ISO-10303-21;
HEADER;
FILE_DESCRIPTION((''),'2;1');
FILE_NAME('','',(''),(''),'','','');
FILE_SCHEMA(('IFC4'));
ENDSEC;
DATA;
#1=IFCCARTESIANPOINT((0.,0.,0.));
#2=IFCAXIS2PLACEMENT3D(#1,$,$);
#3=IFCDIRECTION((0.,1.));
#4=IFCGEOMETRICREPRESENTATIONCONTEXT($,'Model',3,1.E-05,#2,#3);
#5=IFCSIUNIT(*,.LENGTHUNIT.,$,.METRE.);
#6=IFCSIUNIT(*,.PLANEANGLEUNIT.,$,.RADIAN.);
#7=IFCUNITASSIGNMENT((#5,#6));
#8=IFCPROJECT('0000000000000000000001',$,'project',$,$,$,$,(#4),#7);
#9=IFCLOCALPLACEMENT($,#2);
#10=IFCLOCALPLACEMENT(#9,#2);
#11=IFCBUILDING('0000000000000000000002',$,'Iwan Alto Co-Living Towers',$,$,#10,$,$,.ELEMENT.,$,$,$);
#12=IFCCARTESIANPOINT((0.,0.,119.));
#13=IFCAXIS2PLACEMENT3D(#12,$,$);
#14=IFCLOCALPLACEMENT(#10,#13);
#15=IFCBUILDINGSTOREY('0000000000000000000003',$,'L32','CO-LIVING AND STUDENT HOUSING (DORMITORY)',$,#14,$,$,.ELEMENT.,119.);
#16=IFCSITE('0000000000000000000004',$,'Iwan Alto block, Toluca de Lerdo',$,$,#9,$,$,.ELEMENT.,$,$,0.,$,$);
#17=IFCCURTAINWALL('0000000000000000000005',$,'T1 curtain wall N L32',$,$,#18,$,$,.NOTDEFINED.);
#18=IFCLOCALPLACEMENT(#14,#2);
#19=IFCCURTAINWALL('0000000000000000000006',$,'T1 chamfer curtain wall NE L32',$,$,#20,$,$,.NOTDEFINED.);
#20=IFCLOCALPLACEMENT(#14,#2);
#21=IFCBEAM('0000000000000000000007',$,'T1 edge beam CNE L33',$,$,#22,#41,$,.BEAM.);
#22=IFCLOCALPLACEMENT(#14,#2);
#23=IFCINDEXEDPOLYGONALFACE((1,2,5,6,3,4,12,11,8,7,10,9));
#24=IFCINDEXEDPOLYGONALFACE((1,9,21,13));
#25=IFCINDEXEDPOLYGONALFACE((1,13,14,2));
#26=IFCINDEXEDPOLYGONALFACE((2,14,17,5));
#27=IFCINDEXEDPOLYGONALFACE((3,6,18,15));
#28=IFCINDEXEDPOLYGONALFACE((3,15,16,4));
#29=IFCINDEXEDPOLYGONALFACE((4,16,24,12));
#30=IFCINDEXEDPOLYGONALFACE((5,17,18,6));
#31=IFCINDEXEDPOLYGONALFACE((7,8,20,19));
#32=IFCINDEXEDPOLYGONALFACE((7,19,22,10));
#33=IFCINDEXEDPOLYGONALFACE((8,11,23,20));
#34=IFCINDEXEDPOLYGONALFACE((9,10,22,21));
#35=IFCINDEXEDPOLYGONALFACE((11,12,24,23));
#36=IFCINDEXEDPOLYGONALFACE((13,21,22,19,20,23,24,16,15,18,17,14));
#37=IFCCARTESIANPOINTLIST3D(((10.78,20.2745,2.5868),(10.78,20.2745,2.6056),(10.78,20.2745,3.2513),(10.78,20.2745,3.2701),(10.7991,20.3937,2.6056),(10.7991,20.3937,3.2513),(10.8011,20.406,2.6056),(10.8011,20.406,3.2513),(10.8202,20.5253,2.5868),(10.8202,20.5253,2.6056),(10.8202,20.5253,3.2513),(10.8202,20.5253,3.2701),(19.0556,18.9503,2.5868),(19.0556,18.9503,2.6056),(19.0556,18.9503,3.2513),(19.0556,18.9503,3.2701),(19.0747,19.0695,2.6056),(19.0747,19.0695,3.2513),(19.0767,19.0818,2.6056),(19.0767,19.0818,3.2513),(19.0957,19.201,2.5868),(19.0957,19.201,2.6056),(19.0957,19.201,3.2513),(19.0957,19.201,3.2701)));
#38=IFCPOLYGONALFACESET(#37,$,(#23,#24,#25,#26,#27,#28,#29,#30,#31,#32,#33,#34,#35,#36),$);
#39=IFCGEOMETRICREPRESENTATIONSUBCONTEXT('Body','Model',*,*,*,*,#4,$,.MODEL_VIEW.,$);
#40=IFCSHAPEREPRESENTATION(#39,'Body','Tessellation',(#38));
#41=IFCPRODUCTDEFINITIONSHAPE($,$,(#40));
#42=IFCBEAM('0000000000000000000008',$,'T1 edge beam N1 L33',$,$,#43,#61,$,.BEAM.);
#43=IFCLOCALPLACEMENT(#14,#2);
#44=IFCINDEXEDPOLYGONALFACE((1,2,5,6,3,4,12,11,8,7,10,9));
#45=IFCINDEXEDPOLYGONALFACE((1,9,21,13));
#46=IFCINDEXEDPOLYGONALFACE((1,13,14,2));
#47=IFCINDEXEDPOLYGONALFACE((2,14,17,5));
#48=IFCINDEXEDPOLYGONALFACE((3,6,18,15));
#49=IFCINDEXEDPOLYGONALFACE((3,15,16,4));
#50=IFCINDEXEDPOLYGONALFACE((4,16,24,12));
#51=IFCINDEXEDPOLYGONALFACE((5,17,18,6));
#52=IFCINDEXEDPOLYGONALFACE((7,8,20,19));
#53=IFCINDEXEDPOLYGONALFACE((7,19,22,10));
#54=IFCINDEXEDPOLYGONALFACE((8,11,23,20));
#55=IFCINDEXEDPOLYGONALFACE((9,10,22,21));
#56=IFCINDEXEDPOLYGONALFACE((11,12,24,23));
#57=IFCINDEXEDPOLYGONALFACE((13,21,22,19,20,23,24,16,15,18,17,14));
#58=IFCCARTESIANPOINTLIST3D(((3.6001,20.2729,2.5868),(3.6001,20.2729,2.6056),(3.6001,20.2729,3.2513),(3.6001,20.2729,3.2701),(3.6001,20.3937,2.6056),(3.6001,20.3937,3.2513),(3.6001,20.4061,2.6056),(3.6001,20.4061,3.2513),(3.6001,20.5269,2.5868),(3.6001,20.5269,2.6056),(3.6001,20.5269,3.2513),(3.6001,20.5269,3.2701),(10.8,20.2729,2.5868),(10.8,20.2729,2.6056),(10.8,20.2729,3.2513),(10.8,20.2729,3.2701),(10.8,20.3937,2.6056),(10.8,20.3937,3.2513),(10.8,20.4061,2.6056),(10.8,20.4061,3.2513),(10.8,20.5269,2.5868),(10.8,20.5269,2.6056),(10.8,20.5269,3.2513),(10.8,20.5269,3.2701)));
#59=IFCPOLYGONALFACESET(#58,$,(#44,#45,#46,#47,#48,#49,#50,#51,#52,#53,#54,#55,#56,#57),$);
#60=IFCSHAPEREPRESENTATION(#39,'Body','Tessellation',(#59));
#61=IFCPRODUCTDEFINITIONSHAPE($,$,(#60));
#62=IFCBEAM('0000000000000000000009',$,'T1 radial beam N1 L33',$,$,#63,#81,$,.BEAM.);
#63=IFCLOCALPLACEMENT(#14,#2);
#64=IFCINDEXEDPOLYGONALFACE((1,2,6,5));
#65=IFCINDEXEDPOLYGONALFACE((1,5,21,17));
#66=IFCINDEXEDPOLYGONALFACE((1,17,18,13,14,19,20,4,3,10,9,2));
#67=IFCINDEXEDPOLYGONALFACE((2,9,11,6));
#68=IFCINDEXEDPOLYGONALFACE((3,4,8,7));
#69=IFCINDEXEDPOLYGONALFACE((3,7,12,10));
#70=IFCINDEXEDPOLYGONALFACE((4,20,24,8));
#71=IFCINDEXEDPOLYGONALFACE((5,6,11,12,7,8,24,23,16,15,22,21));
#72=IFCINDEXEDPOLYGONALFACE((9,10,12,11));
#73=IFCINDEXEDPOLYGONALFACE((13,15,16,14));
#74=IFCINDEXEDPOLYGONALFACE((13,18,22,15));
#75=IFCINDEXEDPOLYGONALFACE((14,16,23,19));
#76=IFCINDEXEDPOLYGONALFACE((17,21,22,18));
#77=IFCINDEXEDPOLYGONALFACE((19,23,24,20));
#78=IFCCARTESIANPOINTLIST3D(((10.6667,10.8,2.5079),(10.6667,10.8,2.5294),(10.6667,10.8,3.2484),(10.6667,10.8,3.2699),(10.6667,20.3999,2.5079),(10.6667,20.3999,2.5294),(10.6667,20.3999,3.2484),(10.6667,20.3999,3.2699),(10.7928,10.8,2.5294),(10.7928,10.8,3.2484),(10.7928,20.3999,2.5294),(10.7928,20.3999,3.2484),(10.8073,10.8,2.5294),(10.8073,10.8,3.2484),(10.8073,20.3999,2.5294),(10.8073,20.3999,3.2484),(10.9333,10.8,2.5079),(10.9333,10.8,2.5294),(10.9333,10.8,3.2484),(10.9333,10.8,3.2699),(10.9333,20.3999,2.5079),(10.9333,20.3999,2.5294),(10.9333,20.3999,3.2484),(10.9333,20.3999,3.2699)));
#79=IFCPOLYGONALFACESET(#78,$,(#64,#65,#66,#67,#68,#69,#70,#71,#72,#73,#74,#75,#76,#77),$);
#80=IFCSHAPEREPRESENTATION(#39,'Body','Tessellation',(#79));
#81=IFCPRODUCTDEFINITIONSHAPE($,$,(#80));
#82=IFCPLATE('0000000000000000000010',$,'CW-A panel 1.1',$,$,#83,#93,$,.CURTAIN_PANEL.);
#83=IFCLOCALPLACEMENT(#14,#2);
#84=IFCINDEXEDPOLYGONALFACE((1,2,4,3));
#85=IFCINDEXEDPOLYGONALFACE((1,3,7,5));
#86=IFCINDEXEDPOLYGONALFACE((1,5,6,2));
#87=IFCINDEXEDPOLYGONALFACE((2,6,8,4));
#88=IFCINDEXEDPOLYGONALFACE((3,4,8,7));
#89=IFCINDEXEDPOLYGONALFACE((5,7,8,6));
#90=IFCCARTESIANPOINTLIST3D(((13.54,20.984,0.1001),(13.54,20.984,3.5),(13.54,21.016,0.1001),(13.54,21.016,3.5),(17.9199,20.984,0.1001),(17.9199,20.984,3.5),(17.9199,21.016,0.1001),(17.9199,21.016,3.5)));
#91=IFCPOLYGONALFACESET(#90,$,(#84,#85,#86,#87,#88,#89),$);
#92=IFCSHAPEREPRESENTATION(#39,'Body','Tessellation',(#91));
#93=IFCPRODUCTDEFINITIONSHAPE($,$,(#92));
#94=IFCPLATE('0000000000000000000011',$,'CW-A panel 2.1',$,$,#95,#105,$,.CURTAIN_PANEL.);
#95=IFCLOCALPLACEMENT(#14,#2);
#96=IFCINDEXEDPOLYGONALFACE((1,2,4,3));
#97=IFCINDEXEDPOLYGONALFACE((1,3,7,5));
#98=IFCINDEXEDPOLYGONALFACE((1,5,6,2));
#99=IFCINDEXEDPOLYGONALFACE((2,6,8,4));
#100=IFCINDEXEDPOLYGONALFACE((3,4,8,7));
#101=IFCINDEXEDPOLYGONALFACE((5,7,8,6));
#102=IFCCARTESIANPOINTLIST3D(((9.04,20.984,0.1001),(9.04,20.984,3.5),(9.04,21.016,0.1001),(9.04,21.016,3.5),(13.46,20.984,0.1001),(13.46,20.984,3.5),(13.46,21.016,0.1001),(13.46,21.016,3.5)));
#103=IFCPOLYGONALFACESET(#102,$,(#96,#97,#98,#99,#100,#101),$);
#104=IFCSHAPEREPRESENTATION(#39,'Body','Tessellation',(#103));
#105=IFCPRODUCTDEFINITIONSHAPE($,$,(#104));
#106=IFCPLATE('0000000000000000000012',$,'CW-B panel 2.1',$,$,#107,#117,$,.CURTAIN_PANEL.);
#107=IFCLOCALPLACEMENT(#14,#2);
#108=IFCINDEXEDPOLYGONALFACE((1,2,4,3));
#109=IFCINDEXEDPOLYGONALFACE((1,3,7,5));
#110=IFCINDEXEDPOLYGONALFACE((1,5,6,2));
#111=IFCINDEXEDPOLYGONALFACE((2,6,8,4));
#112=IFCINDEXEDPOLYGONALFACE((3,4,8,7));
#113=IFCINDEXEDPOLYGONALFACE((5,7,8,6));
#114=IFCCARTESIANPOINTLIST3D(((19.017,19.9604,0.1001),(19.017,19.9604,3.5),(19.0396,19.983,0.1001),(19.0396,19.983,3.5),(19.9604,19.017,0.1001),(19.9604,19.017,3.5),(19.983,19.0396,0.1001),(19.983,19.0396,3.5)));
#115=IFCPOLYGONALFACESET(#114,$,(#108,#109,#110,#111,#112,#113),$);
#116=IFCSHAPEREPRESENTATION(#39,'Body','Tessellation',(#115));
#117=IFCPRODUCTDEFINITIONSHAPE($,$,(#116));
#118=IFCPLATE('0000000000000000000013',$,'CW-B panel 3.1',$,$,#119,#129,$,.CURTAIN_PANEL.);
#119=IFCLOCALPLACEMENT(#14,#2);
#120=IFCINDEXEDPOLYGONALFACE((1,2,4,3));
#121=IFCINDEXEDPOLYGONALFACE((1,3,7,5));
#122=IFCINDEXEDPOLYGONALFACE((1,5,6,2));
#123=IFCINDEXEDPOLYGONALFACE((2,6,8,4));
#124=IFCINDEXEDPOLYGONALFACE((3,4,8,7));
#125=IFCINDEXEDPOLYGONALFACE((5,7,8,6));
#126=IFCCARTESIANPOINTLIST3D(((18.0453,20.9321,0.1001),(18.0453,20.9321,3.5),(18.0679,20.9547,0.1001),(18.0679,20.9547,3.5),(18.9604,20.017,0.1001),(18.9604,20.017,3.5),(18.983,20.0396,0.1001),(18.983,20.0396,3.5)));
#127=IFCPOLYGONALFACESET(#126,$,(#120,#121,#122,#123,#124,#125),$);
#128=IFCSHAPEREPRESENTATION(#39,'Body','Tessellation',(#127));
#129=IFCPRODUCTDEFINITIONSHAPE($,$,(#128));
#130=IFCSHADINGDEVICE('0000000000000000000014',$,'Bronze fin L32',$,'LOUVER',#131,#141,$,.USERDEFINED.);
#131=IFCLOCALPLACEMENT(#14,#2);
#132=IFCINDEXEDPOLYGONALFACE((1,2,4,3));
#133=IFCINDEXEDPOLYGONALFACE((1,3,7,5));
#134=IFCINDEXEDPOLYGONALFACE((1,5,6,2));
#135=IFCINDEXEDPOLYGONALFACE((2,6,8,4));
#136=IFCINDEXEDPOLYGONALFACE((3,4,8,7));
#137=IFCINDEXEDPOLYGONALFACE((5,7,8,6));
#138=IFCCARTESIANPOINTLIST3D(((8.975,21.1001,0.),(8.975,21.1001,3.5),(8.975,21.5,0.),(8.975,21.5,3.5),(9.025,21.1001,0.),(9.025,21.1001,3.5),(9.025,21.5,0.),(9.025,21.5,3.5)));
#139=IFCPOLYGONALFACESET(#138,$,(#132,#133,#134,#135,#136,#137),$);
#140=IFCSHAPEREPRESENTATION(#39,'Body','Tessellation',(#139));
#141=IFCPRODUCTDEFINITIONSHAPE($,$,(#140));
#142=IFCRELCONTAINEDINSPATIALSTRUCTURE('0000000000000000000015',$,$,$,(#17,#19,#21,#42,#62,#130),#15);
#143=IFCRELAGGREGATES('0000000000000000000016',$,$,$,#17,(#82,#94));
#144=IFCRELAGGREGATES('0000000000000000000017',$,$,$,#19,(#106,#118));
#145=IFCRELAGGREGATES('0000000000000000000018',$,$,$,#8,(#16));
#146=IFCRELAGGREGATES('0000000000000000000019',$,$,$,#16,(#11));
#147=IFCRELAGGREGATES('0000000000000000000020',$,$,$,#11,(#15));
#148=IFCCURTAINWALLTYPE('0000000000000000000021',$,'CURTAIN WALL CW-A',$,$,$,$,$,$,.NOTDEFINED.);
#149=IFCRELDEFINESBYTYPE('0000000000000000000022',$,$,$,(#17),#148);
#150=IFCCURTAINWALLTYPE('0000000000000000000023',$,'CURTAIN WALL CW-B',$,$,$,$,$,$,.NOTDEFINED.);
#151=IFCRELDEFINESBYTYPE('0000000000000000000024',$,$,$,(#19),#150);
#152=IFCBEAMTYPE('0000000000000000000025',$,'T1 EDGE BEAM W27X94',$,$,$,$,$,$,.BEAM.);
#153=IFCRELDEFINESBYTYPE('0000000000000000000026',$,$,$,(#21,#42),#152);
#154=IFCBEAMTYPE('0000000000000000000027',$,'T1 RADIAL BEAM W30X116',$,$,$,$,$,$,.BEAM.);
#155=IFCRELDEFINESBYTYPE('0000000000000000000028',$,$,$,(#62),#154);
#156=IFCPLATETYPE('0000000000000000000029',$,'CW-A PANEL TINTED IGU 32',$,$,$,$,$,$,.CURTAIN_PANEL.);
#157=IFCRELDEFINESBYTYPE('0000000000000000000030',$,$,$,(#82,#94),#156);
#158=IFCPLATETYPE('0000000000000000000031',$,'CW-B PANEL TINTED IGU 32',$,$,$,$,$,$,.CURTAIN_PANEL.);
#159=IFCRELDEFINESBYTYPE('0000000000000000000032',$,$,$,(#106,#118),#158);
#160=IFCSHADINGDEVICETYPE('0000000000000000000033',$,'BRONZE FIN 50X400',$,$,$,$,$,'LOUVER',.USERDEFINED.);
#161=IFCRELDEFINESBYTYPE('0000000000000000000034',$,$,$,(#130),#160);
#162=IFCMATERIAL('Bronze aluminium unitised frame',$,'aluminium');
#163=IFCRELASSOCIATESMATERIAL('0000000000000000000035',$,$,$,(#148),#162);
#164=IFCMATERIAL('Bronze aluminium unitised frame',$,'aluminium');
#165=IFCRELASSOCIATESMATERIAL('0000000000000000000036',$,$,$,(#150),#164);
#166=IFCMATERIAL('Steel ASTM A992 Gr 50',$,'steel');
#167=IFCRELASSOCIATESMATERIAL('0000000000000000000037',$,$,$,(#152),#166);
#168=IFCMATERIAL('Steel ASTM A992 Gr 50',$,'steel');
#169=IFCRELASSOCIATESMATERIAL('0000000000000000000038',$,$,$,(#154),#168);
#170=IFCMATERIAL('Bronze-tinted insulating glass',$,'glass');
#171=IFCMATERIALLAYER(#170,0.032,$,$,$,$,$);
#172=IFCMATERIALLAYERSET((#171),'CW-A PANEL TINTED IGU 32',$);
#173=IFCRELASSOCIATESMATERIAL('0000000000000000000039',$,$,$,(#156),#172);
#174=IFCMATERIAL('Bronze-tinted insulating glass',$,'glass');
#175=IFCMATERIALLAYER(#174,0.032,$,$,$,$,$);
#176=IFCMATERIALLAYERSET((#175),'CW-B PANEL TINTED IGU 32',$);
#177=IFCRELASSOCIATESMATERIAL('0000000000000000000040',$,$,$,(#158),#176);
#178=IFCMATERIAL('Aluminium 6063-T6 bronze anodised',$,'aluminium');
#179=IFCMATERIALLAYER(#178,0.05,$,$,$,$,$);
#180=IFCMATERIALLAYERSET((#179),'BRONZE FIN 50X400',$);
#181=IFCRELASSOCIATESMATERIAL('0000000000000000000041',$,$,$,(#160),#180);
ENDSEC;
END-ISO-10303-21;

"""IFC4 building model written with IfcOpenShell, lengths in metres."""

from ifc_helpers import new_model, si_unit, direction, frame, origin, origin_2d, place, context, subcontext, project, spatial, rectangle, i_section, extrude, material, layer, layer_set, material_profile, profile_set, type_object, element, aggregate, save


model = new_model("IFC4")

# Units and contexts
model_context = context("Model", 3, precision=1e-05, world=origin(), true_north=direction((0.0, 1.0)))
body_context = subcontext(model_context, "Body", "Model", "MODEL_VIEW")
ifc_project = project(units=[si_unit("LENGTHUNIT", "METRE"), si_unit("PLANEANGLEUNIT", "RADIAN")], contexts=[model_context])

# Site, building, storey
site_placement = place(None, origin())
site = spatial("IfcSite", under=ifc_project, at=site_placement, Name="Iwan Alto block, Toluca de Lerdo", CompositionType="ELEMENT", RefElevation=0.0)
building_placement = place(site_placement, origin())
building = spatial("IfcBuilding", under=site, at=building_placement, Name="Iwan Alto Co-Living Towers", CompositionType="ELEMENT")
storey_placement = place(building_placement, frame((0.0, 0.0, 119.0)))
storey = spatial("IfcBuildingStorey", under=building, at=storey_placement, Name="L32", Description="CO-LIVING AND STUDENT HOUSING (DORMITORY)", CompositionType="ELEMENT", Elevation=119.0)

# Curtain walls
ifc_material_1 = material(Name="Bronze aluminium unitised frame", Category="aluminium")
curtain_wall_type_1 = type_object("IfcCurtainWallType", Name="CURTAIN WALL CW-A", PredefinedType="NOTDEFINED", material=ifc_material_1)
curtain_wall_1_placement = place(storey_placement, origin())
curtain_wall_1 = element("IfcCurtainWall", 1, at=curtain_wall_1_placement, inside=storey, type_object=curtain_wall_type_1, Name="T1 curtain wall N L32", PredefinedType="NOTDEFINED")
ifc_material_2 = material(Name="Bronze aluminium unitised frame", Category="aluminium")
curtain_wall_type_2 = type_object("IfcCurtainWallType", Name="CURTAIN WALL CW-B", PredefinedType="NOTDEFINED", material=ifc_material_2)
curtain_wall_2_placement = place(storey_placement, origin())
curtain_wall_2 = element("IfcCurtainWall", 2, at=curtain_wall_2_placement, inside=storey, type_object=curtain_wall_type_2, Name="T1 chamfer curtain wall NE L32", PredefinedType="NOTDEFINED")

# Beams
ifc_material_3 = material(Name="Steel ASTM A992 Gr 50", Category="steel")
ifc_material_profile_1 = material_profile(ifc_material_3, i_section(OverallWidth=0.2539, OverallDepth=0.6833, WebThickness=0.0125, FlangeThickness=0.0188, at=origin_2d()), Name="W27X94")
ifc_profile_set_1 = profile_set([ifc_material_profile_1], Name="Steel ASTM A992 Gr 50")
beam_type_1 = type_object("IfcBeamType", Name="T1 EDGE BEAM W27X94", PredefinedType="BEAM", material=ifc_profile_set_1)
beam_1_placement = place(storey_placement, frame((19.0757, 19.0757, 2.9285), z_axis=(-0.987438, 0.158004, 0.0), x_axis=(-0.158004, -0.987438, 0.0)))
element("IfcBeam", 3, at=beam_1_placement, inside=storey, type_object=beam_type_1, Name="T1 edge beam CNE L33", PredefinedType="BEAM", context=body_context, shape_type="SweptSolid", body=[
    extrude(i_section(OverallWidth=0.2539, OverallDepth=0.6833, WebThickness=0.0125, FlangeThickness=0.0188, at=origin_2d()), origin(), (0.0, 0.0, 1.0), 8.3809),
])
beam_2_placement = place(storey_placement, frame((10.8, 20.3999, 2.9285), z_axis=(-1.0, 0.0, 0.0), x_axis=(0.0, -1.0, 0.0)))
element("IfcBeam", 4, at=beam_2_placement, inside=storey, type_object=beam_type_1, Name="T1 edge beam N1 L33", PredefinedType="BEAM", context=body_context, shape_type="SweptSolid", body=[
    extrude(i_section(OverallWidth=0.2539, OverallDepth=0.6833, WebThickness=0.0125, FlangeThickness=0.0188, at=origin_2d()), origin(), (0.0, 0.0, 1.0), 7.2),
])
ifc_material_4 = material(Name="Steel ASTM A992 Gr 50", Category="steel")
ifc_material_profile_2 = material_profile(ifc_material_4, i_section(OverallWidth=0.2666, OverallDepth=0.762, WebThickness=0.0144, FlangeThickness=0.0215, at=origin_2d()), Name="W30X116")
ifc_profile_set_2 = profile_set([ifc_material_profile_2], Name="Steel ASTM A992 Gr 50")
beam_type_2 = type_object("IfcBeamType", Name="T1 RADIAL BEAM W30X116", PredefinedType="BEAM", material=ifc_profile_set_2)
beam_3_placement = place(storey_placement, frame((10.8, 20.3999, 2.8889), z_axis=(0.0, -1.0, 0.0), x_axis=(1.0, 0.0, 0.0)))
element("IfcBeam", 5, at=beam_3_placement, inside=storey, type_object=beam_type_2, Name="T1 radial beam N1 L33", PredefinedType="BEAM", context=body_context, shape_type="SweptSolid", body=[
    extrude(i_section(OverallWidth=0.2666, OverallDepth=0.762, WebThickness=0.0144, FlangeThickness=0.0215, at=origin_2d()), origin(), (0.0, 0.0, 1.0), 9.5999),
])

# Plates
ifc_material_5 = material(Name="Bronze-tinted insulating glass", Category="glass")
ifc_layer_1 = layer(ifc_material_5, 0.032)
ifc_layer_set_1 = layer_set([ifc_layer_1], Name="CW-A PANEL TINTED IGU 32")
plate_type_1 = type_object("IfcPlateType", Name="CW-A PANEL TINTED IGU 32", PredefinedType="CURTAIN_PANEL", material=ifc_layer_set_1)
plate_1_placement = place(storey_placement, frame((15.73, 21.0, 0.1001), z_axis=(0.0, 0.0, 1.0), x_axis=(-1.0, 0.0, 0.0)))
plate_1 = element("IfcPlate", 6, at=plate_1_placement, type_object=plate_type_1, Name="CW-A panel 1.1", PredefinedType="CURTAIN_PANEL", context=body_context, shape_type="SweptSolid", body=[
    extrude(rectangle(XDim=4.3799, YDim=0.032, at=origin_2d()), origin(), (0.0, 0.0, 1.0), 3.3999),
])
plate_2_placement = place(storey_placement, frame((11.25, 21.0, 0.1001), z_axis=(0.0, 0.0, 1.0), x_axis=(-1.0, 0.0, 0.0)))
plate_2 = element("IfcPlate", 7, at=plate_2_placement, type_object=plate_type_1, Name="CW-A panel 2.1", PredefinedType="CURTAIN_PANEL", context=body_context, shape_type="SweptSolid", body=[
    extrude(rectangle(XDim=4.4199, YDim=0.032, at=origin_2d()), origin(), (0.0, 0.0, 1.0), 3.3999),
])
aggregate(curtain_wall_1, [plate_1, plate_2])
ifc_material_6 = material(Name="Bronze-tinted insulating glass", Category="glass")
ifc_layer_2 = layer(ifc_material_6, 0.032)
ifc_layer_set_2 = layer_set([ifc_layer_2], Name="CW-B PANEL TINTED IGU 32")
plate_type_2 = type_object("IfcPlateType", Name="CW-B PANEL TINTED IGU 32", PredefinedType="CURTAIN_PANEL", material=ifc_layer_set_2)
plate_3_placement = place(storey_placement, frame((19.5, 19.5, 0.1001), z_axis=(0.0, 0.0, 1.0), x_axis=(-0.707107, 0.707107, 0.0)))
plate_3 = element("IfcPlate", 8, at=plate_3_placement, type_object=plate_type_2, Name="CW-B panel 2.1", PredefinedType="CURTAIN_PANEL", context=body_context, shape_type="SweptSolid", body=[
    extrude(rectangle(XDim=1.3342, YDim=0.032, at=origin_2d()), origin(), (0.0, 0.0, 1.0), 3.3999),
])
plate_4_placement = place(storey_placement, frame((18.5142, 20.4858, 0.1001), z_axis=(0.0, 0.0, 1.0), x_axis=(-0.707107, 0.707107, 0.0)))
plate_4 = element("IfcPlate", 9, at=plate_4_placement, type_object=plate_type_2, Name="CW-B panel 3.1", PredefinedType="CURTAIN_PANEL", context=body_context, shape_type="SweptSolid", body=[
    extrude(rectangle(XDim=1.2942, YDim=0.032, at=origin_2d()), origin(), (0.0, 0.0, 1.0), 3.3999),
])
aggregate(curtain_wall_2, [plate_3, plate_4])

# Shading device
ifc_material_7 = material(Name="Aluminium 6063-T6 bronze anodised", Category="aluminium")
ifc_layer_3 = layer(ifc_material_7, 0.05)
ifc_layer_set_3 = layer_set([ifc_layer_3], Name="BRONZE FIN 50X400")
shading_device_type = type_object("IfcShadingDeviceType", Name="BRONZE FIN 50X400", ElementType="LOUVER", PredefinedType="USERDEFINED", material=ifc_layer_set_3)
shading_device_placement = place(storey_placement, frame((9.0, 21.3, 0.0), z_axis=(0.0, 0.0, 1.0), x_axis=(-1.0, 0.0, 0.0)))
element("IfcShadingDevice", 10, at=shading_device_placement, inside=storey, type_object=shading_device_type, Name="Bronze fin L32", ObjectType="LOUVER", PredefinedType="USERDEFINED", context=body_context, shape_type="SweptSolid", body=[
    extrude(rectangle(XDim=0.05, YDim=0.3999, at=origin_2d()), origin(), (0.0, 0.0, 1.0), 3.5),
])

save(model, "model.ifc")
